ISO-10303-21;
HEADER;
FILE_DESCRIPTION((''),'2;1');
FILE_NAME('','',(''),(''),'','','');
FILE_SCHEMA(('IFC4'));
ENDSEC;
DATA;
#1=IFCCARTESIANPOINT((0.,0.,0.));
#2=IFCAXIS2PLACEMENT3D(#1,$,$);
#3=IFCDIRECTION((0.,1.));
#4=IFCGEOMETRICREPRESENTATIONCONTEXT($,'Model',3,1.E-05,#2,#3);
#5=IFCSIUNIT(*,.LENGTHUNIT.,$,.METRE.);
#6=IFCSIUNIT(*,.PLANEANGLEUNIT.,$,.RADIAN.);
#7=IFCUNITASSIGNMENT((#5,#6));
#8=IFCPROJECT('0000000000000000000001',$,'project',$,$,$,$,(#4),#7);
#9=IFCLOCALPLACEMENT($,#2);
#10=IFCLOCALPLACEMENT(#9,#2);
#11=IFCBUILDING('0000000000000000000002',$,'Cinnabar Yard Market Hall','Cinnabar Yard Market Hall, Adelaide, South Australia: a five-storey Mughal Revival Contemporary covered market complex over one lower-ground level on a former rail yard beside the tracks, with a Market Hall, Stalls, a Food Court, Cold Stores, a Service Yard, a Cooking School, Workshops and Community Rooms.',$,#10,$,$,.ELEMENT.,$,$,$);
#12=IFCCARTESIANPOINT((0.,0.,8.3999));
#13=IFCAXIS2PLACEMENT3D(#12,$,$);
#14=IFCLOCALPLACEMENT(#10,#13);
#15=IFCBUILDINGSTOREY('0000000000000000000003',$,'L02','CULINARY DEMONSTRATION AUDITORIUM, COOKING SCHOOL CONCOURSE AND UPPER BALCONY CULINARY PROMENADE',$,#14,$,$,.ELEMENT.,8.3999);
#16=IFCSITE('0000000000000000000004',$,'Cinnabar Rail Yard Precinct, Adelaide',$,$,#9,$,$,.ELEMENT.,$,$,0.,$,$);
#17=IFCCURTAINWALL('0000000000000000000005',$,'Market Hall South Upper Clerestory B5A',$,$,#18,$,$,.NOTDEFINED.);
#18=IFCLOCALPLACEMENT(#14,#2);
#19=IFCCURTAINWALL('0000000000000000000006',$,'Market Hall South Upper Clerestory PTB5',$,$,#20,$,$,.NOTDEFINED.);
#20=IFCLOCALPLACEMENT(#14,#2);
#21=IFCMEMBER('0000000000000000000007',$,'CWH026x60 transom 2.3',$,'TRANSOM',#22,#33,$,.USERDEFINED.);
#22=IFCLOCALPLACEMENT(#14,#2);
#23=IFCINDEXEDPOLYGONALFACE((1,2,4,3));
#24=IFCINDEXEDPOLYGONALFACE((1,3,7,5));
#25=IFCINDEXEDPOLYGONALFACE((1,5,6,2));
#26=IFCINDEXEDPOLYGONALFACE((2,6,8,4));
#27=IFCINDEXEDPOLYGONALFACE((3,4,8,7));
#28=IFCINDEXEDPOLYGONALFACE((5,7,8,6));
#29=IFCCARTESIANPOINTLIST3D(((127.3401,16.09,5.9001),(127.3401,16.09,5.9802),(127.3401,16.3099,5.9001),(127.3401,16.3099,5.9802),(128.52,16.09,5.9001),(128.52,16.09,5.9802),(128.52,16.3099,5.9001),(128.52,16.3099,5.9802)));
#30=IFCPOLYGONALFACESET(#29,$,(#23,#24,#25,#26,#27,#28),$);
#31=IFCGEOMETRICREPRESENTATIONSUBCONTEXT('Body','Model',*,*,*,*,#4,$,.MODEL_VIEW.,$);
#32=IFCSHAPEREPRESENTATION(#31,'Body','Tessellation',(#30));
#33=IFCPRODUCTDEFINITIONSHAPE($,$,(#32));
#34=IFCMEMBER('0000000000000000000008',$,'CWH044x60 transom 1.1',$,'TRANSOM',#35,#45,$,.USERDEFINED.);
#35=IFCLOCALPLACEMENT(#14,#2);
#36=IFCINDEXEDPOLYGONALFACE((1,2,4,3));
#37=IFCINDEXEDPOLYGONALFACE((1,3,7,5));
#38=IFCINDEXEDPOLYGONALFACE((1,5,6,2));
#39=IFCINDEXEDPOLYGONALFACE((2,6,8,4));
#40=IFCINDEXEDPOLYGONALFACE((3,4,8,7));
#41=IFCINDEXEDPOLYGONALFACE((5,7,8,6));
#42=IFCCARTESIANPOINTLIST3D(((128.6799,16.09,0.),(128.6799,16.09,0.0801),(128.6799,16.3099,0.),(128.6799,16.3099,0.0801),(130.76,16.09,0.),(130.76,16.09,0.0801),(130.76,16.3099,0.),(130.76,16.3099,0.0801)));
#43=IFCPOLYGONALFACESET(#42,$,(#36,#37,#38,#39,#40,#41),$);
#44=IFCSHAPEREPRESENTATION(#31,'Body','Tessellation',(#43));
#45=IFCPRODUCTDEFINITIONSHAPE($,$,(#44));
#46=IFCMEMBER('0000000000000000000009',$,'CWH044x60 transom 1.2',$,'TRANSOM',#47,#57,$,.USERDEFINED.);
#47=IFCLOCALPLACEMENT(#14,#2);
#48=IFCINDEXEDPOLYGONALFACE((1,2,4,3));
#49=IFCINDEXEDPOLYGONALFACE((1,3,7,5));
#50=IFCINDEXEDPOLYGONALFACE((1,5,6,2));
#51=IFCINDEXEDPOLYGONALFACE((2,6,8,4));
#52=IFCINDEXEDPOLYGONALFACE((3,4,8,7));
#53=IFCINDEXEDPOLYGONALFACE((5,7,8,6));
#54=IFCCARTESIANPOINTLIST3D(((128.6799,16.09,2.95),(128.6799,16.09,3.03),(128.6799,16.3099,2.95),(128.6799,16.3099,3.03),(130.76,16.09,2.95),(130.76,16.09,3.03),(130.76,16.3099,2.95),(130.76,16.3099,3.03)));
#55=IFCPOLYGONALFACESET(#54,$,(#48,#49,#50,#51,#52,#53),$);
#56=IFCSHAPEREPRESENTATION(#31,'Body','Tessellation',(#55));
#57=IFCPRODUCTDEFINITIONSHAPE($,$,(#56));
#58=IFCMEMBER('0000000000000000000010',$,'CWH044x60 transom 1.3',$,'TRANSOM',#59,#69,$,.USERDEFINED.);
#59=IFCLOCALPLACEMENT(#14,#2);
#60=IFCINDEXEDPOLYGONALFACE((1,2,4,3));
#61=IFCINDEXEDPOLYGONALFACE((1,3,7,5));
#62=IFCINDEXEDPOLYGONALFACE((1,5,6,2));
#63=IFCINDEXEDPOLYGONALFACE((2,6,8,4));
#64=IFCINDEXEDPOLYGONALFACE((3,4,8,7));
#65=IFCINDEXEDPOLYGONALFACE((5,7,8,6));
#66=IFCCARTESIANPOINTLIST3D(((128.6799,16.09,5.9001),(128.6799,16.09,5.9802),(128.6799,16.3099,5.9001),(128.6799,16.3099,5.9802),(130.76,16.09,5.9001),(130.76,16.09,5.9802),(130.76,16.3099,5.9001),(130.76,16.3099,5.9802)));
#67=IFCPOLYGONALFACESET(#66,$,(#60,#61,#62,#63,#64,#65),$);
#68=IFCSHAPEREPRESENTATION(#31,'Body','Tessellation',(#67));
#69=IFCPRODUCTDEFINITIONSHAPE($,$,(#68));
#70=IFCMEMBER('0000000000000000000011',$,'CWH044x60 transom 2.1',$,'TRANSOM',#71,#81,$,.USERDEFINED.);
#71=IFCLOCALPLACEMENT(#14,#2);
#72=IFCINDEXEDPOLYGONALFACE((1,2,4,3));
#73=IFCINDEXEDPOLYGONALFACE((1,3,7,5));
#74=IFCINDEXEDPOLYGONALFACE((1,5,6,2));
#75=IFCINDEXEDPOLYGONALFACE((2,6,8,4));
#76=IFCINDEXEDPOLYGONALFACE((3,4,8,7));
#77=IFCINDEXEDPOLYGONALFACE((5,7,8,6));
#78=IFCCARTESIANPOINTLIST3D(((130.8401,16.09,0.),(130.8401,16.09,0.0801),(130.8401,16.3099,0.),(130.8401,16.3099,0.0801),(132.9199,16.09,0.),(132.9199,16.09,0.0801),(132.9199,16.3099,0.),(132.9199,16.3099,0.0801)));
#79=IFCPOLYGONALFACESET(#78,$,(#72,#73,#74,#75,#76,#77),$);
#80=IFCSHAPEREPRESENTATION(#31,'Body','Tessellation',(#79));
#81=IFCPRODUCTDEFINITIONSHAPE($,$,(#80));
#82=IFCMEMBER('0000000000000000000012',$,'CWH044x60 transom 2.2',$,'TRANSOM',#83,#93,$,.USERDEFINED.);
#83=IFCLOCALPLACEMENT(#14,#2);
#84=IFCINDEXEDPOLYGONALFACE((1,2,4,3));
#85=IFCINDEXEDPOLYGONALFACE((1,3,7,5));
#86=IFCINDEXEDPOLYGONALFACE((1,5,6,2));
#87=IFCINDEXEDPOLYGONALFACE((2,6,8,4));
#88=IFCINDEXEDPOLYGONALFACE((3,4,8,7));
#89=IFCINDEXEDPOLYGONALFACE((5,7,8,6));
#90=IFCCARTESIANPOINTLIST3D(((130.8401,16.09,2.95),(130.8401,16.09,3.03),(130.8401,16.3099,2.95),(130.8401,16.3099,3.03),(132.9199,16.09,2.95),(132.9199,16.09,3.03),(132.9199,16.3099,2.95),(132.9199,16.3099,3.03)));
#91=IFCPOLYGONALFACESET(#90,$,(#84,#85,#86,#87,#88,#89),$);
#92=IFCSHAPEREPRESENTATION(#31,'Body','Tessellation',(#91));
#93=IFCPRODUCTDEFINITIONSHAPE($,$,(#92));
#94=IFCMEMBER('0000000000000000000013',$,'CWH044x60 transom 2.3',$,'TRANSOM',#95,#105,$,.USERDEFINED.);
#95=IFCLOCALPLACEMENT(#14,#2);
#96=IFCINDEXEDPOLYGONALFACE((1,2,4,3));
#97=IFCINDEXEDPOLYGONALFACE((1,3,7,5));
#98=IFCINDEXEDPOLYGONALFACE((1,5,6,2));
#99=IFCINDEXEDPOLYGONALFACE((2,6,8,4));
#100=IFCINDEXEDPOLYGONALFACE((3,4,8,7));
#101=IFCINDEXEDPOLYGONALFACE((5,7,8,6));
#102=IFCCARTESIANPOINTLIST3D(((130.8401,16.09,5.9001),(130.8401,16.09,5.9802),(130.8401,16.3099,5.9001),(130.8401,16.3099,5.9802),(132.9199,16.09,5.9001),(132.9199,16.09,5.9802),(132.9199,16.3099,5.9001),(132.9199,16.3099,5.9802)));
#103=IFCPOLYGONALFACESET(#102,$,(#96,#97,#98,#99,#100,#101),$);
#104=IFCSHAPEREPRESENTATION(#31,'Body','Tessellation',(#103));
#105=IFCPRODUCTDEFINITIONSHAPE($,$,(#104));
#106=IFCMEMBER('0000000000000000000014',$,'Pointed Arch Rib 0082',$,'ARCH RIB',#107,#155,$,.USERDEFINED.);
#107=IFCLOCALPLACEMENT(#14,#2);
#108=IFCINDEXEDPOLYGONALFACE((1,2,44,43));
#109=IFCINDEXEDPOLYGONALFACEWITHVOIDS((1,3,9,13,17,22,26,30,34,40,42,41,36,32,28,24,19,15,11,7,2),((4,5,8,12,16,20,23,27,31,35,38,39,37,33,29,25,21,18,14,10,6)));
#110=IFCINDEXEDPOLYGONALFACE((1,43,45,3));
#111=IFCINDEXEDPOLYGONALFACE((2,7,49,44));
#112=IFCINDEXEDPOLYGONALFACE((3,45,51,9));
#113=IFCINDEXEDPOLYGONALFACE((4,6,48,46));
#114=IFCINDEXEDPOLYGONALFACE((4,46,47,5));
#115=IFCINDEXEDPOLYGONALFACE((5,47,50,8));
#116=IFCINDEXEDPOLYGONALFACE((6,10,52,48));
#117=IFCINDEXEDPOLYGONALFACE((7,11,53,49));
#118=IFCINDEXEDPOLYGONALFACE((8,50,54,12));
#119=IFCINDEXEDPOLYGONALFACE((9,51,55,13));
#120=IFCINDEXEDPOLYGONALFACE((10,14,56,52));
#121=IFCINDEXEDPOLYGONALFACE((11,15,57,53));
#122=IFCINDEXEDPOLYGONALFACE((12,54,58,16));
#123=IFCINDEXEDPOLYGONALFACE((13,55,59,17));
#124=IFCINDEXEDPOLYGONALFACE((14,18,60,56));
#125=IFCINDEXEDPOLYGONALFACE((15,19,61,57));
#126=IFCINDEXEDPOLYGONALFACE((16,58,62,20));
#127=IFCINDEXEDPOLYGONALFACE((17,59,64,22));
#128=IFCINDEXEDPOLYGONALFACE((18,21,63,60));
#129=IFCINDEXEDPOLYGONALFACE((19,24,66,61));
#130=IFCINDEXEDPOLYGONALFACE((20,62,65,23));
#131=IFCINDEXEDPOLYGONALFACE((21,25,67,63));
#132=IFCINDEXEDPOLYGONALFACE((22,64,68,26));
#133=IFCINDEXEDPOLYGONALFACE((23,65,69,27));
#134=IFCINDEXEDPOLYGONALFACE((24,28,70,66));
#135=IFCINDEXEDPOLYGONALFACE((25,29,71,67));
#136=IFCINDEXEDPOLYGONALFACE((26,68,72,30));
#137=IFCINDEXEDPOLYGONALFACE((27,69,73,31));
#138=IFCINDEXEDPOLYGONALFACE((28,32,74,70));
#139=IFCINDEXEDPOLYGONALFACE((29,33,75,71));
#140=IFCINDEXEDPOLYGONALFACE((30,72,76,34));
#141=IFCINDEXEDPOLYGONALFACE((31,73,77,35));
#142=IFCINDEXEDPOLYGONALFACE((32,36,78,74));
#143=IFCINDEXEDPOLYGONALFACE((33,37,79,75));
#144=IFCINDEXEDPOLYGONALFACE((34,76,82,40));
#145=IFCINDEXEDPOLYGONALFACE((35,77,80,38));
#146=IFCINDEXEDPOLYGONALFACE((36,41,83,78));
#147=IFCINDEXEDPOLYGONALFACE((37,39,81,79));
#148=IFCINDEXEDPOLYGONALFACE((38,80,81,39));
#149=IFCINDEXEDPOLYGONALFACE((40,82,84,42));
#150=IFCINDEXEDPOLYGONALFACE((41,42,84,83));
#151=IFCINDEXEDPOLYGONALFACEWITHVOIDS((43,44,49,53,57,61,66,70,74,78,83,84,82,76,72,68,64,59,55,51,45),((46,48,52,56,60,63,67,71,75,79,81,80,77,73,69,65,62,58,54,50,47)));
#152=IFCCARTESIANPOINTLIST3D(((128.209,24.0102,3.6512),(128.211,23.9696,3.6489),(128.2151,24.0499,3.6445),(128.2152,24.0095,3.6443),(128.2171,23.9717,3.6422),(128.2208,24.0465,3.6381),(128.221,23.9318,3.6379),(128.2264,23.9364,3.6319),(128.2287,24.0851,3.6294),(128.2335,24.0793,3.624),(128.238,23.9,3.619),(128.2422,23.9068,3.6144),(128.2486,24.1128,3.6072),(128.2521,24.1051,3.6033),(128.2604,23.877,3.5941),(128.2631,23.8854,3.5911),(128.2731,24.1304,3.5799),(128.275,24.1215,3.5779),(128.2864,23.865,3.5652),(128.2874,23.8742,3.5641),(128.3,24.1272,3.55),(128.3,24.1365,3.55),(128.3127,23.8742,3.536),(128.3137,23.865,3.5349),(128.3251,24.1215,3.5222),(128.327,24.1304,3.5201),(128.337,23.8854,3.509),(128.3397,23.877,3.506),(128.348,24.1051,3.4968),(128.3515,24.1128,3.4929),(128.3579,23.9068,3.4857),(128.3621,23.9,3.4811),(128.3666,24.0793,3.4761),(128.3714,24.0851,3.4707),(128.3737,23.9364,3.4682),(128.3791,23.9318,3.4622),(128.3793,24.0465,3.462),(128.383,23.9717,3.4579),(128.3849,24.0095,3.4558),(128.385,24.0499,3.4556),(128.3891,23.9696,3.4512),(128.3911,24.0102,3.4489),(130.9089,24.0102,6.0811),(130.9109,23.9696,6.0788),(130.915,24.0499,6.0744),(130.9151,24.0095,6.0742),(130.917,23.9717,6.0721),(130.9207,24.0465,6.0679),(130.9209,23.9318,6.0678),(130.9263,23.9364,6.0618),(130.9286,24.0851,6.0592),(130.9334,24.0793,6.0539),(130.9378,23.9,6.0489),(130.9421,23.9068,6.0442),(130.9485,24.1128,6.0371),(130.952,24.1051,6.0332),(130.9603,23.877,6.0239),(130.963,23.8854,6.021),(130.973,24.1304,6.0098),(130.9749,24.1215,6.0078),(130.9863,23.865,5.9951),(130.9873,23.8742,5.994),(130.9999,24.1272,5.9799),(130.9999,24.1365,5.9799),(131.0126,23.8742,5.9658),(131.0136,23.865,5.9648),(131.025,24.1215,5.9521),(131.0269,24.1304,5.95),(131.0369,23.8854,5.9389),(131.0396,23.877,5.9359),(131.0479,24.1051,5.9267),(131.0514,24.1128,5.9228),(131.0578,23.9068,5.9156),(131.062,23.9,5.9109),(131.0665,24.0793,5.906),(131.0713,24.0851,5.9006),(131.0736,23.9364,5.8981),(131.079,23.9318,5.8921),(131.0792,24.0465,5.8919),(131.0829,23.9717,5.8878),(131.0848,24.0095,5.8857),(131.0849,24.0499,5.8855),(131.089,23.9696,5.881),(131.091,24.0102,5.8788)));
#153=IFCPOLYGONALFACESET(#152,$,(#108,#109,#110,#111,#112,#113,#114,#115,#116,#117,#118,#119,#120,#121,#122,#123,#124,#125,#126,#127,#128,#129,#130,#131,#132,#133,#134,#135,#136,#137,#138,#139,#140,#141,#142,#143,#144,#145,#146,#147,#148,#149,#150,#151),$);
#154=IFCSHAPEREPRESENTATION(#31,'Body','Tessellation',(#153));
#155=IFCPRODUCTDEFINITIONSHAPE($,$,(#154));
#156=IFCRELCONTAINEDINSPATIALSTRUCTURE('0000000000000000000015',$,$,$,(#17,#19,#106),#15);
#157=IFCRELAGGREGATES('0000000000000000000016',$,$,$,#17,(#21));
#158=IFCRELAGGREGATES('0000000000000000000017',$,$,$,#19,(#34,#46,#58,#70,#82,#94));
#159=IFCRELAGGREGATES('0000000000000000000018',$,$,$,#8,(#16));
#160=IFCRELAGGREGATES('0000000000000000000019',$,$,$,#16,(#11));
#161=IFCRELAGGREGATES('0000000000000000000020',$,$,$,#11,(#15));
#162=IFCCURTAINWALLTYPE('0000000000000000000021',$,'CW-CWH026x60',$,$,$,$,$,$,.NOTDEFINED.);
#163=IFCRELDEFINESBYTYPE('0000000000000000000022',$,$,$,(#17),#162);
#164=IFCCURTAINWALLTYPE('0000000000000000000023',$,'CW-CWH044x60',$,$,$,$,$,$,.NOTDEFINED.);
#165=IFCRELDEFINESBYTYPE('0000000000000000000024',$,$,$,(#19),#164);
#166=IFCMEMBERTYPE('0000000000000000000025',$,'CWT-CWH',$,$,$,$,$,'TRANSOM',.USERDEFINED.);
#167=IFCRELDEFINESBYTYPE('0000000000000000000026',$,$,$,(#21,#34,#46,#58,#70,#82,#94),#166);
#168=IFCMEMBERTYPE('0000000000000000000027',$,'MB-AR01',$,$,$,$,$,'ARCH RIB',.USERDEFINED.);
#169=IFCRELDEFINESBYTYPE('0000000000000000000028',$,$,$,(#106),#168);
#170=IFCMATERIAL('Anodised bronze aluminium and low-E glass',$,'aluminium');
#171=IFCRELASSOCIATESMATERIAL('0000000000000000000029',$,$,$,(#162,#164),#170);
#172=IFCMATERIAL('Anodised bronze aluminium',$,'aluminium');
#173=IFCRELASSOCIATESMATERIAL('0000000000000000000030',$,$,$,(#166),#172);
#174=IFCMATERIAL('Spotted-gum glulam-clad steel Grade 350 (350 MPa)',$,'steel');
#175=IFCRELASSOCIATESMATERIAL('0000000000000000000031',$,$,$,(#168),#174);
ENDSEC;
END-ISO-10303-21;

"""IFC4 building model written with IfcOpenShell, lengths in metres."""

from ifc_helpers import new_model, si_unit, direction, frame, origin, origin_2d_with_axis, place, context, subcontext, project, spatial, rectangle, hollow_circle, extrude, material, material_profile, profile_set, type_object, element, aggregate, save


model = new_model("IFC4")

# Units and contexts
model_context = context("Model", 3, precision=1e-05, world=origin(), true_north=direction((0.0, 1.0)))
body_context = subcontext(model_context, "Body", "Model", "MODEL_VIEW")
ifc_project = project(units=[si_unit("LENGTHUNIT", "METRE"), si_unit("PLANEANGLEUNIT", "RADIAN")], contexts=[model_context])

# Site, building, storey
site_placement = place(None, origin())
site = spatial("IfcSite", under=ifc_project, at=site_placement, Name="Cinnabar Rail Yard Precinct, Adelaide", CompositionType="ELEMENT", RefElevation=0.0)
building_placement = place(site_placement, origin())
building = spatial("IfcBuilding", under=site, at=building_placement, Name="Cinnabar Yard Market Hall", Description="Cinnabar Yard Market Hall, Adelaide, South Australia: a five-storey Mughal Revival Contemporary covered market complex over one lower-ground level on a former rail yard beside the tracks, with a Market Hall, Stalls, a Food Court, Cold Stores, a Service Yard, a Cooking School, Workshops and Community Rooms.", CompositionType="ELEMENT")
storey_placement = place(building_placement, frame((0.0, 0.0, 8.3999)))
storey = spatial("IfcBuildingStorey", under=building, at=storey_placement, Name="L02", Description="CULINARY DEMONSTRATION AUDITORIUM, COOKING SCHOOL CONCOURSE AND UPPER BALCONY CULINARY PROMENADE", CompositionType="ELEMENT", Elevation=8.3999)

# Shared definitions
ifc_material_1 = material(Name="Spotted-gum glulam-clad steel Grade 350 (350 MPa)", Category="steel")

# Curtain walls
ifc_material_2 = material(Name="Anodised bronze aluminium and low-E glass", Category="aluminium")
curtain_wall_type_1 = type_object("IfcCurtainWallType", Name="CW-CWH026x60", PredefinedType="NOTDEFINED", material=ifc_material_2)
curtain_wall_1_placement = place(storey_placement, origin())
curtain_wall_1 = element("IfcCurtainWall", 1, at=curtain_wall_1_placement, inside=storey, type_object=curtain_wall_type_1, Name="Market Hall South Upper Clerestory B5A", PredefinedType="NOTDEFINED")
ifc_material_3 = material(Name="Anodised bronze aluminium", Category="aluminium")
curtain_wall_type_2 = type_object("IfcCurtainWallType", Name="CW-CWH044x60", PredefinedType="NOTDEFINED", material=ifc_material_2)
curtain_wall_2_placement = place(storey_placement, origin())
curtain_wall_2 = element("IfcCurtainWall", 2, at=curtain_wall_2_placement, inside=storey, type_object=curtain_wall_type_2, Name="Market Hall South Upper Clerestory PTB5", PredefinedType="NOTDEFINED")

# Members
ifc_material_profile_1 = material_profile(ifc_material_3, rectangle(XDim=0.22, YDim=0.0801, at=origin_2d_with_axis()), Name="TRN-CWH")
ifc_profile_set_1 = profile_set([ifc_material_profile_1], Name="Anodised bronze aluminium")
member_type_1 = type_object("IfcMemberType", Name="CWT-CWH", ElementType="TRANSOM", PredefinedType="USERDEFINED", material=ifc_profile_set_1)
member_1_placement = place(storey_placement, frame((127.3401, 16.2, 5.9402), z_axis=(1.0, 0.0, 0.0), x_axis=(0.0, 1.0, 0.0)))
member_1 = element("IfcMember", 3, at=member_1_placement, type_object=member_type_1, Name="CWH026x60 transom 2.3", ObjectType="TRANSOM", PredefinedType="USERDEFINED", context=body_context, shape_type="SweptSolid", body=[
    extrude(rectangle(XDim=0.22, YDim=0.0801, at=origin_2d_with_axis()), origin(), (0.0, 0.0, 1.0), 1.1799),
])
member_2_placement = place(storey_placement, frame((128.6799, 16.2, 0.04), z_axis=(1.0, 0.0, 0.0), x_axis=(0.0, 1.0, 0.0)))
member_2 = element("IfcMember", 4, at=member_2_placement, type_object=member_type_1, Name="CWH044x60 transom 1.1", ObjectType="TRANSOM", PredefinedType="USERDEFINED", context=body_context, shape_type="SweptSolid", body=[
    extrude(rectangle(XDim=0.22, YDim=0.0801, at=origin_2d_with_axis()), origin(), (0.0, 0.0, 1.0), 2.0801),
])
member_3_placement = place(storey_placement, frame((128.6799, 16.2, 2.99), z_axis=(1.0, 0.0, 0.0), x_axis=(0.0, 1.0, 0.0)))
member_3 = element("IfcMember", 5, at=member_3_placement, type_object=member_type_1, Name="CWH044x60 transom 1.2", ObjectType="TRANSOM", PredefinedType="USERDEFINED", context=body_context, shape_type="SweptSolid", body=[
    extrude(rectangle(XDim=0.22, YDim=0.0801, at=origin_2d_with_axis()), origin(), (0.0, 0.0, 1.0), 2.0801),
])
member_4_placement = place(storey_placement, frame((128.6799, 16.2, 5.9402), z_axis=(1.0, 0.0, 0.0), x_axis=(0.0, 1.0, 0.0)))
member_4 = element("IfcMember", 6, at=member_4_placement, type_object=member_type_1, Name="CWH044x60 transom 1.3", ObjectType="TRANSOM", PredefinedType="USERDEFINED", context=body_context, shape_type="SweptSolid", body=[
    extrude(rectangle(XDim=0.22, YDim=0.0801, at=origin_2d_with_axis()), origin(), (0.0, 0.0, 1.0), 2.0801),
])
member_5_placement = place(storey_placement, frame((130.8401, 16.2, 0.04), z_axis=(1.0, 0.0, 0.0), x_axis=(0.0, 1.0, 0.0)))
member_5 = element("IfcMember", 7, at=member_5_placement, type_object=member_type_1, Name="CWH044x60 transom 2.1", ObjectType="TRANSOM", PredefinedType="USERDEFINED", context=body_context, shape_type="SweptSolid", body=[
    extrude(rectangle(XDim=0.22, YDim=0.0801, at=origin_2d_with_axis()), origin(), (0.0, 0.0, 1.0), 2.0798),
])
member_6_placement = place(storey_placement, frame((130.8401, 16.2, 2.99), z_axis=(1.0, 0.0, 0.0), x_axis=(0.0, 1.0, 0.0)))
member_6 = element("IfcMember", 8, at=member_6_placement, type_object=member_type_1, Name="CWH044x60 transom 2.2", ObjectType="TRANSOM", PredefinedType="USERDEFINED", context=body_context, shape_type="SweptSolid", body=[
    extrude(rectangle(XDim=0.22, YDim=0.0801, at=origin_2d_with_axis()), origin(), (0.0, 0.0, 1.0), 2.0798),
])
member_7_placement = place(storey_placement, frame((130.8401, 16.2, 5.9402), z_axis=(1.0, 0.0, 0.0), x_axis=(0.0, 1.0, 0.0)))
member_7 = element("IfcMember", 9, at=member_7_placement, type_object=member_type_1, Name="CWH044x60 transom 2.3", ObjectType="TRANSOM", PredefinedType="USERDEFINED", context=body_context, shape_type="SweptSolid", body=[
    extrude(rectangle(XDim=0.22, YDim=0.0801, at=origin_2d_with_axis()), origin(), (0.0, 0.0, 1.0), 2.0798),
])

# Member
ifc_material_profile_2 = material_profile(ifc_material_1, hollow_circle(Radius=0.1365, WallThickness=0.0093, at=origin_2d_with_axis()), Name="273.1x9.3CHS")
ifc_profile_set_2 = profile_set([ifc_material_profile_2], Name="Spotted-gum glulam-clad steel Grade 350 (350 MPa)")
member_type_2 = type_object("IfcMemberType", Name="MB-AR01", ElementType="ARCH RIB", PredefinedType="USERDEFINED", material=ifc_profile_set_2)
member_8_placement = place(storey_placement, frame((128.3, 24.0, 3.55), z_axis=(0.743297, 0.0, 0.668961), x_axis=(0.0, 1.0, 0.0)))
element("IfcMember", 10, at=member_8_placement, inside=storey, type_object=member_type_2, Name="Pointed Arch Rib 0082", ObjectType="ARCH RIB", PredefinedType="USERDEFINED", context=body_context, shape_type="SweptSolid", body=[
    extrude(hollow_circle(Radius=0.1365, WallThickness=0.0093, at=origin_2d_with_axis()), origin(), (0.0, 0.0, 1.0), 3.6323),
])

aggregate(curtain_wall_1, [member_1])
aggregate(curtain_wall_2, [member_2, member_3, member_4, member_5, member_6, member_7])

save(model, "model.ifc")
